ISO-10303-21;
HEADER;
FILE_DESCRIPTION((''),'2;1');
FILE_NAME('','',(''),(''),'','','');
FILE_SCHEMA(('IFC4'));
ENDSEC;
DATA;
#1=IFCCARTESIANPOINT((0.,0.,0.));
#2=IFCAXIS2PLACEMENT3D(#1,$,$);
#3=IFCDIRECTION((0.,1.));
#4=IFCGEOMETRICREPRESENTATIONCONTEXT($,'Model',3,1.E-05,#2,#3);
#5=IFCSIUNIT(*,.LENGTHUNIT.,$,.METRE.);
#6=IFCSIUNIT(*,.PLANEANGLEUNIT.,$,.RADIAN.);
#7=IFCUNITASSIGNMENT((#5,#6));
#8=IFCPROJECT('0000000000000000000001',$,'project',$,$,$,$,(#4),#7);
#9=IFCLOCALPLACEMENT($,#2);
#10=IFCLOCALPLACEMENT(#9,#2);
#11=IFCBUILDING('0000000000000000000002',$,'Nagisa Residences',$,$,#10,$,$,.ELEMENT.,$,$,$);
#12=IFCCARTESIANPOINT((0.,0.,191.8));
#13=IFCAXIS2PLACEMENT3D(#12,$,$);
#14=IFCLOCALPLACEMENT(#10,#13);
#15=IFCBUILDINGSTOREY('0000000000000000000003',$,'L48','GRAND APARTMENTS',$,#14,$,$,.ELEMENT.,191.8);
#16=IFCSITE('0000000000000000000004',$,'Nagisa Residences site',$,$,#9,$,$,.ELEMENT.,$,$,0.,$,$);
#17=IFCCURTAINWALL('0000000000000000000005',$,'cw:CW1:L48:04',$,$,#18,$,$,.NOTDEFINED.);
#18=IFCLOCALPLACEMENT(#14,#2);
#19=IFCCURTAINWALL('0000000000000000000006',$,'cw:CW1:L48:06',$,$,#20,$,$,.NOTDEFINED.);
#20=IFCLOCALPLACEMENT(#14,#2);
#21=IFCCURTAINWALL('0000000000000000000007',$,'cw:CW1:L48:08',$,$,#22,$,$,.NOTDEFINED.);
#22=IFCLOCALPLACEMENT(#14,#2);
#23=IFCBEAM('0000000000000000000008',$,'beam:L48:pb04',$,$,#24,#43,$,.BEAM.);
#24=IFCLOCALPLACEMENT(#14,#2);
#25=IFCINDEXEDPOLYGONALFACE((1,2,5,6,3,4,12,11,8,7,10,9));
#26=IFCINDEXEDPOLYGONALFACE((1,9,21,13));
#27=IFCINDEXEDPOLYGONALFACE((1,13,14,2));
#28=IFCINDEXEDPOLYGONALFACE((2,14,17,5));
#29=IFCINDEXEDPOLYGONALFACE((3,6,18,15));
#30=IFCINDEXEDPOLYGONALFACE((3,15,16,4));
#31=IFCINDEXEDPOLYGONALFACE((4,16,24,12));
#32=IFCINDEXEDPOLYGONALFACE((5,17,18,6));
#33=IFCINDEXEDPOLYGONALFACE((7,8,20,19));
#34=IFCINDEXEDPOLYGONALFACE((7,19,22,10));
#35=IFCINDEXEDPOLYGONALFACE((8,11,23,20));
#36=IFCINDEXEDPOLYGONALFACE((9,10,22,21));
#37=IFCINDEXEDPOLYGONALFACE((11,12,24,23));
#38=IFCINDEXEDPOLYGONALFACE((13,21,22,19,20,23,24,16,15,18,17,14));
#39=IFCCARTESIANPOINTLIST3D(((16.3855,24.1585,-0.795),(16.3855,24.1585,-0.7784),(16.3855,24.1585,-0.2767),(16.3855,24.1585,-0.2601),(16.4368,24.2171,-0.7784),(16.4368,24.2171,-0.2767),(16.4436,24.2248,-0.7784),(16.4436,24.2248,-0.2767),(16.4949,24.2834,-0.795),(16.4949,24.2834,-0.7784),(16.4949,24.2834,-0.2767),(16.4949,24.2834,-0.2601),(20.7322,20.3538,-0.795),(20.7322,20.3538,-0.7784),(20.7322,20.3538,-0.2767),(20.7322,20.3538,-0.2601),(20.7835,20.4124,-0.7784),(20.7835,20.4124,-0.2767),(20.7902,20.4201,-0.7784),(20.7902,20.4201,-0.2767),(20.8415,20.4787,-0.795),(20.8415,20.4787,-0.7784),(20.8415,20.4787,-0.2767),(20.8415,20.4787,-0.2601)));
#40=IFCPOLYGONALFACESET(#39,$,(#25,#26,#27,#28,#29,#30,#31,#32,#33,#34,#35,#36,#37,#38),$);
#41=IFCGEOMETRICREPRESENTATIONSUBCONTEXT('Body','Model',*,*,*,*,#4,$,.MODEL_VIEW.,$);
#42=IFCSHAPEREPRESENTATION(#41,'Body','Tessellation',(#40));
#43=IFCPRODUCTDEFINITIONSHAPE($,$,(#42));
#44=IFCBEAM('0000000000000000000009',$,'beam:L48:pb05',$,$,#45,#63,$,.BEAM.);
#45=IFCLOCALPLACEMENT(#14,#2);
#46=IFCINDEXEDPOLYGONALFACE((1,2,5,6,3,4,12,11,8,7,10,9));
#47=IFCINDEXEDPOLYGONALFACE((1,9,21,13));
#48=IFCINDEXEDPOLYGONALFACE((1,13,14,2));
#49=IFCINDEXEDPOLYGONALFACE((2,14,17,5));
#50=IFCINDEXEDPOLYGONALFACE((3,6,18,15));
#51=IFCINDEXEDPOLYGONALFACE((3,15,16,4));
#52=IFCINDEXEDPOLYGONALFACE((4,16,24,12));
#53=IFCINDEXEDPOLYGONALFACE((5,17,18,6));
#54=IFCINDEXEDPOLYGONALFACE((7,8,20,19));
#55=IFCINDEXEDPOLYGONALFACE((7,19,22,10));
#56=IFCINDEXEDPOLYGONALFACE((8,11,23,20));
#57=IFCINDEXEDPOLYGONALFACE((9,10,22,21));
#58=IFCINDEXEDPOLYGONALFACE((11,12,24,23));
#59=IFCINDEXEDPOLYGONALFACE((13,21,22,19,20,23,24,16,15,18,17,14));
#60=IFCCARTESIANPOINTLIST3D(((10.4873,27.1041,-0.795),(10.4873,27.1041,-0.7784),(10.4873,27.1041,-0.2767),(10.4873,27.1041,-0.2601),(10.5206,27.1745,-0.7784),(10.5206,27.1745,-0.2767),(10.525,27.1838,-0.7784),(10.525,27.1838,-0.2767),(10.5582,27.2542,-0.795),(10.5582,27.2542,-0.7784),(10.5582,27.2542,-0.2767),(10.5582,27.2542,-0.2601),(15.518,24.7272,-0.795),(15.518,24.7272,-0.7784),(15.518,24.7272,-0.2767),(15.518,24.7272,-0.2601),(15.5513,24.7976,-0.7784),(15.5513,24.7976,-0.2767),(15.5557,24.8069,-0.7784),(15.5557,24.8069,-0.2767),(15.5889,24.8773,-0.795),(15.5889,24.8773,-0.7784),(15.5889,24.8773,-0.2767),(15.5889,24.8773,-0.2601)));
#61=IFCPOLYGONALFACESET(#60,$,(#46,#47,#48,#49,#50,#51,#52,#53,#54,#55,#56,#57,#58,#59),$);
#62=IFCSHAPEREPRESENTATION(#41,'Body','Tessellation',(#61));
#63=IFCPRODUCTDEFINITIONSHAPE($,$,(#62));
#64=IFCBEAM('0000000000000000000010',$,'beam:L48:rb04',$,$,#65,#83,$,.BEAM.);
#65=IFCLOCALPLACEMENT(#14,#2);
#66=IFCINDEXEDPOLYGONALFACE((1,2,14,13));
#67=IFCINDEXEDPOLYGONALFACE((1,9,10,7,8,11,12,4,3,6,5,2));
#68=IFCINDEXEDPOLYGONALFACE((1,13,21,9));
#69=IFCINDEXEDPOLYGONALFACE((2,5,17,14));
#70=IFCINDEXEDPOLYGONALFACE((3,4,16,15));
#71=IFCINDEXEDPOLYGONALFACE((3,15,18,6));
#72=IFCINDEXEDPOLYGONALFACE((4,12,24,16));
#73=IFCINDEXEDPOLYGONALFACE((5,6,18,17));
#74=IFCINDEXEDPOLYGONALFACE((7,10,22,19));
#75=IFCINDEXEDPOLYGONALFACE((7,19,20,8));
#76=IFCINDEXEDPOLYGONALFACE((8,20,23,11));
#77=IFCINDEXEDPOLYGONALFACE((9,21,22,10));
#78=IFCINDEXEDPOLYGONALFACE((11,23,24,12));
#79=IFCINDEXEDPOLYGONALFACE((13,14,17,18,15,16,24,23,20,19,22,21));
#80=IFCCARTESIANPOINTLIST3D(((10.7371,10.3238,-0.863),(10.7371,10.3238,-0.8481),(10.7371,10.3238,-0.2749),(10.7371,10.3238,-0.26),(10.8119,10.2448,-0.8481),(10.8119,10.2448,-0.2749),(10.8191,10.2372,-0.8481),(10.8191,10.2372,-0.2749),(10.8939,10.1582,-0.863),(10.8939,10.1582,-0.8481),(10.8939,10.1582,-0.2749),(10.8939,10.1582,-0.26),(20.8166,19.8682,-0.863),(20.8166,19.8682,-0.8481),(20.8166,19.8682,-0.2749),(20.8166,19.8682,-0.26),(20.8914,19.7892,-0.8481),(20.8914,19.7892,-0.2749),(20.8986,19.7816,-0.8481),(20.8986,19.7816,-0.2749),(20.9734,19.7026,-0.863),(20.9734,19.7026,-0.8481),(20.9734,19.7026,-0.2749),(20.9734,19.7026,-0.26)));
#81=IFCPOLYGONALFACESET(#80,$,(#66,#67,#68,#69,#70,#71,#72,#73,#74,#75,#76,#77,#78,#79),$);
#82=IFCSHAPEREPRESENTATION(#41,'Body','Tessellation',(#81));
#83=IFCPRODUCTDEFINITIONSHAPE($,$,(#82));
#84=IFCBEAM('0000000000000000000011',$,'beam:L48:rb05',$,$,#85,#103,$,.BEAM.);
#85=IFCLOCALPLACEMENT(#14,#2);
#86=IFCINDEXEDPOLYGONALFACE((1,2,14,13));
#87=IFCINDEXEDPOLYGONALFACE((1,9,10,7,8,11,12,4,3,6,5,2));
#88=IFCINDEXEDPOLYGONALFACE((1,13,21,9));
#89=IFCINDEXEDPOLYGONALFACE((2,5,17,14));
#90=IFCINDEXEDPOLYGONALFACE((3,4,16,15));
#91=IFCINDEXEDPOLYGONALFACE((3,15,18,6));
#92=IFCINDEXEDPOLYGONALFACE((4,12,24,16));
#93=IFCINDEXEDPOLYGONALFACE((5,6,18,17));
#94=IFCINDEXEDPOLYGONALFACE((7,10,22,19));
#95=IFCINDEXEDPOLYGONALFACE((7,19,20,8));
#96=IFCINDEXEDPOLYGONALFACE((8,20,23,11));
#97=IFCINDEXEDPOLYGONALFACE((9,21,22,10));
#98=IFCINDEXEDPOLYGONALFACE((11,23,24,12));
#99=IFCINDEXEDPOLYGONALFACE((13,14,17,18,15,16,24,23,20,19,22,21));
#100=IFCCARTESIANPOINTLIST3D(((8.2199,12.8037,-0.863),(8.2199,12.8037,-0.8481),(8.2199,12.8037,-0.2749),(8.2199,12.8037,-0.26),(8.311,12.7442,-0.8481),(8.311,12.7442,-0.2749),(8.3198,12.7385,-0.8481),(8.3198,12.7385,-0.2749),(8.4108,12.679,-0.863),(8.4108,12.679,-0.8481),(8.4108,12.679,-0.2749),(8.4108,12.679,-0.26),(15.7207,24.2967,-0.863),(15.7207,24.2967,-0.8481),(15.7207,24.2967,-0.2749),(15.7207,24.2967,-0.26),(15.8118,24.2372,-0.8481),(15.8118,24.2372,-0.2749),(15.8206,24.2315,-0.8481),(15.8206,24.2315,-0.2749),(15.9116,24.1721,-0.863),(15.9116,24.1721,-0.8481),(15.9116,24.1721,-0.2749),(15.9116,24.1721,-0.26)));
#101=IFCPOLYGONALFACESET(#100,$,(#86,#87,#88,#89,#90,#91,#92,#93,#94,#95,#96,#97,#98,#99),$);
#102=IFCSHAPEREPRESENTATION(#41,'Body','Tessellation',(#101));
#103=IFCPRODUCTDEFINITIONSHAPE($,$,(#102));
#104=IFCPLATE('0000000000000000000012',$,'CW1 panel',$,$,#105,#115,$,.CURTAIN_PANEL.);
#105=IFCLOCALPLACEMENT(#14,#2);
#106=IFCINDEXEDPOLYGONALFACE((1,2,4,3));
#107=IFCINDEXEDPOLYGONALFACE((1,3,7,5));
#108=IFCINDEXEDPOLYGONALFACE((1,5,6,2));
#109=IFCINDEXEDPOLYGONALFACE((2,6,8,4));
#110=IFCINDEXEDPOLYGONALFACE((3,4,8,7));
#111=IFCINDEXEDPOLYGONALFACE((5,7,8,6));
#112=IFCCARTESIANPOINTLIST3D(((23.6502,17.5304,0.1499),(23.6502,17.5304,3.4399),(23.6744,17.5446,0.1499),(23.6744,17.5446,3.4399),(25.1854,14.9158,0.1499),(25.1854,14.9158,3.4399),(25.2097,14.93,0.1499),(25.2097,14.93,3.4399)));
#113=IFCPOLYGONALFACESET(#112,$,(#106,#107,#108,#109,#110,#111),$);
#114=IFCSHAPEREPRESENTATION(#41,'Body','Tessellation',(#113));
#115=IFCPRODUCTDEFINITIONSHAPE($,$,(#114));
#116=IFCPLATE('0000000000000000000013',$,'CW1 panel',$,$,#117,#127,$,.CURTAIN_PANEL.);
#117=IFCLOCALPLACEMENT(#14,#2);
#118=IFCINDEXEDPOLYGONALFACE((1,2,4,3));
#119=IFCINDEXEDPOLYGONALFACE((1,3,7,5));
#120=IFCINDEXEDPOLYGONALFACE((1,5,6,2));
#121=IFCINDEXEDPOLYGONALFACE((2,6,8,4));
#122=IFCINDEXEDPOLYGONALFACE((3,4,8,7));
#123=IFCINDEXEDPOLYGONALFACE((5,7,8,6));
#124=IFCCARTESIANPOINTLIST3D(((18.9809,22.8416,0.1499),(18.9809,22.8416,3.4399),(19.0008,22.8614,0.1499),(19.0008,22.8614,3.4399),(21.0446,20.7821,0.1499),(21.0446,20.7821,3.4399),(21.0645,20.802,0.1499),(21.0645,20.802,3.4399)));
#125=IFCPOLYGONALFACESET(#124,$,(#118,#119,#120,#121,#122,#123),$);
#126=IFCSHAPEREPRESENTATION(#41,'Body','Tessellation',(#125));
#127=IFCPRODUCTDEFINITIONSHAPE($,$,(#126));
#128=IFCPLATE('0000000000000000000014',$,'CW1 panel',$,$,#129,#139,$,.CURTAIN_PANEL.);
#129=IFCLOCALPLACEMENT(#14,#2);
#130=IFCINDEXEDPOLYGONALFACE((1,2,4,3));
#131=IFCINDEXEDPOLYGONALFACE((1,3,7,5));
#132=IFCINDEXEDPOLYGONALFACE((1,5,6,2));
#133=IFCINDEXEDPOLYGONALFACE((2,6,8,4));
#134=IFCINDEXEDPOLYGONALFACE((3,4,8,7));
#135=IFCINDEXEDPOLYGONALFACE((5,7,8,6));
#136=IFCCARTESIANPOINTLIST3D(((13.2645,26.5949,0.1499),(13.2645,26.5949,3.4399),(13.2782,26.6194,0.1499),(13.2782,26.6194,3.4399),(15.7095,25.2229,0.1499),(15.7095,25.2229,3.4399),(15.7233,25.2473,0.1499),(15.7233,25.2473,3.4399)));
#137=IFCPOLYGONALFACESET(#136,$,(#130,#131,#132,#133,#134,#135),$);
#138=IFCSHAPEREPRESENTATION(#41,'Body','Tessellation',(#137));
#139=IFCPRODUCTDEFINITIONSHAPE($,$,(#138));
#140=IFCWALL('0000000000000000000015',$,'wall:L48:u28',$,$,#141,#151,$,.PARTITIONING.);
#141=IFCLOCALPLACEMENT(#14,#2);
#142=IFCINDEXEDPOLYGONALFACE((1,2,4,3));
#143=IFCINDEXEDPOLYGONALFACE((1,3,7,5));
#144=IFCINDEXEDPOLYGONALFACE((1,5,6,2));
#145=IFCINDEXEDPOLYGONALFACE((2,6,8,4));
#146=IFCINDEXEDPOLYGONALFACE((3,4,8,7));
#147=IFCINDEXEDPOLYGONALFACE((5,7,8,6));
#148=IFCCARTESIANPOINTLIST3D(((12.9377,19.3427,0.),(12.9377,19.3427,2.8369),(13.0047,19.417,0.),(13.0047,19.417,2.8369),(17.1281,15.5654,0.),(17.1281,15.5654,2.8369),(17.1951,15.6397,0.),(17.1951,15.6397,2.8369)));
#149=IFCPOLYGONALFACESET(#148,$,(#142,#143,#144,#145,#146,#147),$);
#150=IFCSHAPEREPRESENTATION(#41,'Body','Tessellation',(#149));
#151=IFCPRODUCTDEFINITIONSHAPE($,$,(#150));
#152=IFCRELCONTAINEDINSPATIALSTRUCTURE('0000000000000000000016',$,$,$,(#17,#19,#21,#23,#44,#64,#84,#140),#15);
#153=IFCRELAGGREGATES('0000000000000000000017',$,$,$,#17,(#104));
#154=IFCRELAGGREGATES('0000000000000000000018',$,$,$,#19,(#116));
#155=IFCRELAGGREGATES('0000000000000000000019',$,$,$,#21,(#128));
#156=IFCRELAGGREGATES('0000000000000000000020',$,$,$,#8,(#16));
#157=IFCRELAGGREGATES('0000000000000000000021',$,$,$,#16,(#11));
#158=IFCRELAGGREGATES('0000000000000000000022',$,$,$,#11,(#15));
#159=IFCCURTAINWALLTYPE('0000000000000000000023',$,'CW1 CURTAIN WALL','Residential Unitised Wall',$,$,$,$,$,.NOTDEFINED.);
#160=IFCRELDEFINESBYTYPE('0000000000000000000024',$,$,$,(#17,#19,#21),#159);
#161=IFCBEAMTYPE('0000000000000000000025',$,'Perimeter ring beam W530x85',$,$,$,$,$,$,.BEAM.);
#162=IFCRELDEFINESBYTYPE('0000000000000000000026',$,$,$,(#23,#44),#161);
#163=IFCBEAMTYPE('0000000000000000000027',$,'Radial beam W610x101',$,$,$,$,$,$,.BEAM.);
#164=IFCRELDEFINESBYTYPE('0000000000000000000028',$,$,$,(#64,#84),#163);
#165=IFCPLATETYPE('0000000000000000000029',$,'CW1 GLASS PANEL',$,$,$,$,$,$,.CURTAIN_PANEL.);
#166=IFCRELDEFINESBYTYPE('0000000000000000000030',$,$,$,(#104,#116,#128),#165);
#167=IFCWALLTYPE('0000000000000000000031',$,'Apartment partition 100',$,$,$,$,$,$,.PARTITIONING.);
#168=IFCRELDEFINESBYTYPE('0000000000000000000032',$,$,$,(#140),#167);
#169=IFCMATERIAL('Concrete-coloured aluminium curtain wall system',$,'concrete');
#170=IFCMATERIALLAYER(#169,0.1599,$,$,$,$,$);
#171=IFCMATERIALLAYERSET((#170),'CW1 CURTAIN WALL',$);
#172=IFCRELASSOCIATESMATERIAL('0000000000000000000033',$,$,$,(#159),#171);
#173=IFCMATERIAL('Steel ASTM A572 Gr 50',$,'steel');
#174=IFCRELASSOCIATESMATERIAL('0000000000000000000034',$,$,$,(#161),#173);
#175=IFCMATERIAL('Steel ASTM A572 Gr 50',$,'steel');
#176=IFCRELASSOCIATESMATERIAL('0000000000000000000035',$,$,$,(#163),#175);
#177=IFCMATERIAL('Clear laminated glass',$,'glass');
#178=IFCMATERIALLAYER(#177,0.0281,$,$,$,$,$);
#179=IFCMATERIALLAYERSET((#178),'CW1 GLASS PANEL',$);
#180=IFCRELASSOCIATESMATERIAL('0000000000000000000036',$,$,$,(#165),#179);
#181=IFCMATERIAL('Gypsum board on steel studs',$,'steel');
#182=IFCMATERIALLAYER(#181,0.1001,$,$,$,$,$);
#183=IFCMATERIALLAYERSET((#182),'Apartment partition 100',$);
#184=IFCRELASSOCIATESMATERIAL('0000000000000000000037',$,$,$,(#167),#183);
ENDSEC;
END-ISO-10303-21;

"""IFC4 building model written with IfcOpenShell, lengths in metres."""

from ifc_helpers import new_model, si_unit, direction, frame, frame_2d, origin, origin_2d, place, context, subcontext, project, spatial, rectangle, i_section, extrude, material, layer, layer_set, material_profile, profile_set, type_object, element, aggregate, save


model = new_model("IFC4")

# Units and contexts
model_context = context("Model", 3, precision=1e-05, world=origin(), true_north=direction((0.0, 1.0)))
body_context = subcontext(model_context, "Body", "Model", "MODEL_VIEW")
ifc_project = project(units=[si_unit("LENGTHUNIT", "METRE"), si_unit("PLANEANGLEUNIT", "RADIAN")], contexts=[model_context])

# Site, building, storey
site_placement = place(None, origin())
site = spatial("IfcSite", under=ifc_project, at=site_placement, Name="Nagisa Residences site", CompositionType="ELEMENT", RefElevation=0.0)
building_placement = place(site_placement, origin())
building = spatial("IfcBuilding", under=site, at=building_placement, Name="Nagisa Residences", CompositionType="ELEMENT")
storey_placement = place(building_placement, frame((0.0, 0.0, 191.8)))
storey = spatial("IfcBuildingStorey", under=building, at=storey_placement, Name="L48", Description="GRAND APARTMENTS", CompositionType="ELEMENT", Elevation=191.8)

# Curtain walls
ifc_material_1 = material(Name="Concrete-coloured aluminium curtain wall system", Category="concrete")
ifc_layer_1 = layer(ifc_material_1, 0.1599)
ifc_layer_set_1 = layer_set([ifc_layer_1], Name="CW1 CURTAIN WALL")
curtain_wall_type = type_object("IfcCurtainWallType", Name="CW1 CURTAIN WALL", Description="Residential Unitised Wall", PredefinedType="NOTDEFINED", material=ifc_layer_set_1)
curtain_wall_1_placement = place(storey_placement, origin())
curtain_wall_1 = element("IfcCurtainWall", 1, at=curtain_wall_1_placement, inside=storey, type_object=curtain_wall_type, Name="cw:CW1:L48:04", PredefinedType="NOTDEFINED")
curtain_wall_2_placement = place(storey_placement, origin())
curtain_wall_2 = element("IfcCurtainWall", 2, at=curtain_wall_2_placement, inside=storey, type_object=curtain_wall_type, Name="cw:CW1:L48:06", PredefinedType="NOTDEFINED")
curtain_wall_3_placement = place(storey_placement, origin())
curtain_wall_3 = element("IfcCurtainWall", 3, at=curtain_wall_3_placement, inside=storey, type_object=curtain_wall_type, Name="cw:CW1:L48:08", PredefinedType="NOTDEFINED")

# Beams
ifc_material_2 = material(Name="Steel ASTM A572 Gr 50", Category="steel")
ifc_material_profile_1 = material_profile(ifc_material_2, i_section(OverallWidth=0.166, OverallDepth=0.5349, WebThickness=0.0103, FlangeThickness=0.0166, at=origin_2d()), Name="W530x85")
ifc_profile_set_1 = profile_set([ifc_material_profile_1], Name="Steel ASTM A572 Gr 50")
beam_type_1 = type_object("IfcBeamType", Name="Perimeter ring beam W530x85", PredefinedType="BEAM", material=ifc_profile_set_1)
beam_1_placement = place(storey_placement, frame((20.7869, 20.4163, -0.5276), z_axis=(-0.752461, 0.658636, 0.0), x_axis=(-0.658636, -0.752461, 0.0)))
element("IfcBeam", 4, at=beam_1_placement, inside=storey, type_object=beam_type_1, Name="beam:L48:pb04", PredefinedType="BEAM", context=body_context, shape_type="SweptSolid", body=[
    extrude(i_section(OverallWidth=0.166, OverallDepth=0.5349, WebThickness=0.0103, FlangeThickness=0.0166, at=origin_2d()), origin(), (0.0, 0.0, 1.0), 5.7766),
])
beam_2_placement = place(storey_placement, frame((15.5535, 24.8022, -0.5276), z_axis=(-0.904157, 0.4272, 0.0), x_axis=(-0.4272, -0.904157, 0.0)))
element("IfcBeam", 5, at=beam_2_placement, inside=storey, type_object=beam_type_1, Name="beam:L48:pb05", PredefinedType="BEAM", context=body_context, shape_type="SweptSolid", body=[
    extrude(i_section(OverallWidth=0.166, OverallDepth=0.5349, WebThickness=0.0103, FlangeThickness=0.0166, at=origin_2d()), origin(), (0.0, 0.0, 1.0), 5.564),
])
ifc_material_3 = material(Name="Steel ASTM A572 Gr 50", Category="steel")
ifc_material_profile_2 = material_profile(ifc_material_3, i_section(OverallWidth=0.228, OverallDepth=0.603, WebThickness=0.0105, FlangeThickness=0.0149, at=origin_2d()), Name="W610x101")
ifc_profile_set_2 = profile_set([ifc_material_profile_2], Name="Steel ASTM A572 Gr 50")
beam_type_2 = type_object("IfcBeamType", Name="Radial beam W610x101", PredefinedType="BEAM", material=ifc_profile_set_2)
beam_3_placement = place(storey_placement, frame((20.895, 19.7854, -0.5615), z_axis=(-0.72612, -0.687568, 0.0), x_axis=(0.687568, -0.72612, 0.0)))
element("IfcBeam", 6, at=beam_3_placement, inside=storey, type_object=beam_type_2, Name="beam:L48:rb04", PredefinedType="BEAM", context=body_context, shape_type="SweptSolid", body=[
    extrude(i_section(OverallWidth=0.228, OverallDepth=0.603, WebThickness=0.0105, FlangeThickness=0.0149, at=origin_2d()), origin(), (0.0, 0.0, 1.0), 13.8813),
])
beam_4_placement = place(storey_placement, frame((15.8162, 24.2344, -0.5615), z_axis=(-0.546541, -0.837432, 0.0), x_axis=(0.837432, -0.546541, 0.0)))
element("IfcBeam", 7, at=beam_4_placement, inside=storey, type_object=beam_type_2, Name="beam:L48:rb05", PredefinedType="BEAM", context=body_context, shape_type="SweptSolid", body=[
    extrude(i_section(OverallWidth=0.228, OverallDepth=0.603, WebThickness=0.0105, FlangeThickness=0.0149, at=origin_2d()), origin(), (0.0, 0.0, 1.0), 13.7241),
])

# Plates
ifc_material_4 = material(Name="Clear laminated glass", Category="glass")
ifc_layer_2 = layer(ifc_material_4, 0.0281)
ifc_layer_set_2 = layer_set([ifc_layer_2], Name="CW1 GLASS PANEL")
plate_type = type_object("IfcPlateType", Name="CW1 GLASS PANEL", PredefinedType="CURTAIN_PANEL", material=ifc_layer_set_2)
plate_1_placement = place(storey_placement, frame((24.4299, 16.2302, 0.1499), z_axis=(0.0, 0.0, 1.0), x_axis=(-0.506349, 0.862329, 0.0)))
plate_1 = element("IfcPlate", 8, at=plate_1_placement, type_object=plate_type, Name="CW1 panel", PredefinedType="CURTAIN_PANEL", context=body_context, shape_type="SweptSolid", body=[
    extrude(rectangle(XDim=3.032, YDim=0.0281, at=origin_2d()), origin(), (0.0, 0.0, 1.0), 3.29),
])
aggregate(curtain_wall_1, [plate_1])
plate_2_placement = place(storey_placement, frame((20.0227, 21.8218, 0.1499), z_axis=(0.0, 0.0, 1.0), x_axis=(-0.707836, 0.706377, 0.0)))
plate_2 = element("IfcPlate", 9, at=plate_2_placement, type_object=plate_type, Name="CW1 panel", PredefinedType="CURTAIN_PANEL", context=body_context, shape_type="SweptSolid", body=[
    extrude(rectangle(XDim=2.9155, YDim=0.0281, at=origin_2d()), origin(), (0.0, 0.0, 1.0), 3.29),
])
aggregate(curtain_wall_2, [plate_2])
plate_3_placement = place(storey_placement, frame((14.4939, 25.9211, 0.1499), z_axis=(0.0, 0.0, 1.0), x_axis=(-0.872072, 0.489377, 0.0)))
plate_3 = element("IfcPlate", 10, at=plate_3_placement, type_object=plate_type, Name="CW1 panel", PredefinedType="CURTAIN_PANEL", context=body_context, shape_type="SweptSolid", body=[
    extrude(rectangle(XDim=2.8037, YDim=0.0281, at=origin_2d()), origin(), (0.0, 0.0, 1.0), 3.29),
])
aggregate(curtain_wall_3, [plate_3])

# Wall
ifc_material_5 = material(Name="Gypsum board on steel studs", Category="steel")
ifc_layer_3 = layer(ifc_material_5, 0.1001)
ifc_layer_set_3 = layer_set([ifc_layer_3], Name="Apartment partition 100")
wall_type_1 = type_object("IfcWallType", Name="Apartment partition 100", PredefinedType="PARTITIONING", material=ifc_layer_set_3)
wall_1_placement = place(storey_placement, frame((17.1616, 15.6025, 0.0), z_axis=(0.0, 0.0, 1.0), x_axis=(-0.742769, 0.669548, 0.0)))
element("IfcWall", 11, at=wall_1_placement, inside=storey, type_object=wall_type_1, Name="wall:L48:u28", PredefinedType="PARTITIONING", context=body_context, shape_type="SweptSolid", body=[
    extrude(rectangle(XDim=5.6416, YDim=0.1001, at=frame_2d((2.8208, 0.0))), origin(), (0.0, 0.0, 1.0), 2.8369),
])

save(model, "model.ifc")
